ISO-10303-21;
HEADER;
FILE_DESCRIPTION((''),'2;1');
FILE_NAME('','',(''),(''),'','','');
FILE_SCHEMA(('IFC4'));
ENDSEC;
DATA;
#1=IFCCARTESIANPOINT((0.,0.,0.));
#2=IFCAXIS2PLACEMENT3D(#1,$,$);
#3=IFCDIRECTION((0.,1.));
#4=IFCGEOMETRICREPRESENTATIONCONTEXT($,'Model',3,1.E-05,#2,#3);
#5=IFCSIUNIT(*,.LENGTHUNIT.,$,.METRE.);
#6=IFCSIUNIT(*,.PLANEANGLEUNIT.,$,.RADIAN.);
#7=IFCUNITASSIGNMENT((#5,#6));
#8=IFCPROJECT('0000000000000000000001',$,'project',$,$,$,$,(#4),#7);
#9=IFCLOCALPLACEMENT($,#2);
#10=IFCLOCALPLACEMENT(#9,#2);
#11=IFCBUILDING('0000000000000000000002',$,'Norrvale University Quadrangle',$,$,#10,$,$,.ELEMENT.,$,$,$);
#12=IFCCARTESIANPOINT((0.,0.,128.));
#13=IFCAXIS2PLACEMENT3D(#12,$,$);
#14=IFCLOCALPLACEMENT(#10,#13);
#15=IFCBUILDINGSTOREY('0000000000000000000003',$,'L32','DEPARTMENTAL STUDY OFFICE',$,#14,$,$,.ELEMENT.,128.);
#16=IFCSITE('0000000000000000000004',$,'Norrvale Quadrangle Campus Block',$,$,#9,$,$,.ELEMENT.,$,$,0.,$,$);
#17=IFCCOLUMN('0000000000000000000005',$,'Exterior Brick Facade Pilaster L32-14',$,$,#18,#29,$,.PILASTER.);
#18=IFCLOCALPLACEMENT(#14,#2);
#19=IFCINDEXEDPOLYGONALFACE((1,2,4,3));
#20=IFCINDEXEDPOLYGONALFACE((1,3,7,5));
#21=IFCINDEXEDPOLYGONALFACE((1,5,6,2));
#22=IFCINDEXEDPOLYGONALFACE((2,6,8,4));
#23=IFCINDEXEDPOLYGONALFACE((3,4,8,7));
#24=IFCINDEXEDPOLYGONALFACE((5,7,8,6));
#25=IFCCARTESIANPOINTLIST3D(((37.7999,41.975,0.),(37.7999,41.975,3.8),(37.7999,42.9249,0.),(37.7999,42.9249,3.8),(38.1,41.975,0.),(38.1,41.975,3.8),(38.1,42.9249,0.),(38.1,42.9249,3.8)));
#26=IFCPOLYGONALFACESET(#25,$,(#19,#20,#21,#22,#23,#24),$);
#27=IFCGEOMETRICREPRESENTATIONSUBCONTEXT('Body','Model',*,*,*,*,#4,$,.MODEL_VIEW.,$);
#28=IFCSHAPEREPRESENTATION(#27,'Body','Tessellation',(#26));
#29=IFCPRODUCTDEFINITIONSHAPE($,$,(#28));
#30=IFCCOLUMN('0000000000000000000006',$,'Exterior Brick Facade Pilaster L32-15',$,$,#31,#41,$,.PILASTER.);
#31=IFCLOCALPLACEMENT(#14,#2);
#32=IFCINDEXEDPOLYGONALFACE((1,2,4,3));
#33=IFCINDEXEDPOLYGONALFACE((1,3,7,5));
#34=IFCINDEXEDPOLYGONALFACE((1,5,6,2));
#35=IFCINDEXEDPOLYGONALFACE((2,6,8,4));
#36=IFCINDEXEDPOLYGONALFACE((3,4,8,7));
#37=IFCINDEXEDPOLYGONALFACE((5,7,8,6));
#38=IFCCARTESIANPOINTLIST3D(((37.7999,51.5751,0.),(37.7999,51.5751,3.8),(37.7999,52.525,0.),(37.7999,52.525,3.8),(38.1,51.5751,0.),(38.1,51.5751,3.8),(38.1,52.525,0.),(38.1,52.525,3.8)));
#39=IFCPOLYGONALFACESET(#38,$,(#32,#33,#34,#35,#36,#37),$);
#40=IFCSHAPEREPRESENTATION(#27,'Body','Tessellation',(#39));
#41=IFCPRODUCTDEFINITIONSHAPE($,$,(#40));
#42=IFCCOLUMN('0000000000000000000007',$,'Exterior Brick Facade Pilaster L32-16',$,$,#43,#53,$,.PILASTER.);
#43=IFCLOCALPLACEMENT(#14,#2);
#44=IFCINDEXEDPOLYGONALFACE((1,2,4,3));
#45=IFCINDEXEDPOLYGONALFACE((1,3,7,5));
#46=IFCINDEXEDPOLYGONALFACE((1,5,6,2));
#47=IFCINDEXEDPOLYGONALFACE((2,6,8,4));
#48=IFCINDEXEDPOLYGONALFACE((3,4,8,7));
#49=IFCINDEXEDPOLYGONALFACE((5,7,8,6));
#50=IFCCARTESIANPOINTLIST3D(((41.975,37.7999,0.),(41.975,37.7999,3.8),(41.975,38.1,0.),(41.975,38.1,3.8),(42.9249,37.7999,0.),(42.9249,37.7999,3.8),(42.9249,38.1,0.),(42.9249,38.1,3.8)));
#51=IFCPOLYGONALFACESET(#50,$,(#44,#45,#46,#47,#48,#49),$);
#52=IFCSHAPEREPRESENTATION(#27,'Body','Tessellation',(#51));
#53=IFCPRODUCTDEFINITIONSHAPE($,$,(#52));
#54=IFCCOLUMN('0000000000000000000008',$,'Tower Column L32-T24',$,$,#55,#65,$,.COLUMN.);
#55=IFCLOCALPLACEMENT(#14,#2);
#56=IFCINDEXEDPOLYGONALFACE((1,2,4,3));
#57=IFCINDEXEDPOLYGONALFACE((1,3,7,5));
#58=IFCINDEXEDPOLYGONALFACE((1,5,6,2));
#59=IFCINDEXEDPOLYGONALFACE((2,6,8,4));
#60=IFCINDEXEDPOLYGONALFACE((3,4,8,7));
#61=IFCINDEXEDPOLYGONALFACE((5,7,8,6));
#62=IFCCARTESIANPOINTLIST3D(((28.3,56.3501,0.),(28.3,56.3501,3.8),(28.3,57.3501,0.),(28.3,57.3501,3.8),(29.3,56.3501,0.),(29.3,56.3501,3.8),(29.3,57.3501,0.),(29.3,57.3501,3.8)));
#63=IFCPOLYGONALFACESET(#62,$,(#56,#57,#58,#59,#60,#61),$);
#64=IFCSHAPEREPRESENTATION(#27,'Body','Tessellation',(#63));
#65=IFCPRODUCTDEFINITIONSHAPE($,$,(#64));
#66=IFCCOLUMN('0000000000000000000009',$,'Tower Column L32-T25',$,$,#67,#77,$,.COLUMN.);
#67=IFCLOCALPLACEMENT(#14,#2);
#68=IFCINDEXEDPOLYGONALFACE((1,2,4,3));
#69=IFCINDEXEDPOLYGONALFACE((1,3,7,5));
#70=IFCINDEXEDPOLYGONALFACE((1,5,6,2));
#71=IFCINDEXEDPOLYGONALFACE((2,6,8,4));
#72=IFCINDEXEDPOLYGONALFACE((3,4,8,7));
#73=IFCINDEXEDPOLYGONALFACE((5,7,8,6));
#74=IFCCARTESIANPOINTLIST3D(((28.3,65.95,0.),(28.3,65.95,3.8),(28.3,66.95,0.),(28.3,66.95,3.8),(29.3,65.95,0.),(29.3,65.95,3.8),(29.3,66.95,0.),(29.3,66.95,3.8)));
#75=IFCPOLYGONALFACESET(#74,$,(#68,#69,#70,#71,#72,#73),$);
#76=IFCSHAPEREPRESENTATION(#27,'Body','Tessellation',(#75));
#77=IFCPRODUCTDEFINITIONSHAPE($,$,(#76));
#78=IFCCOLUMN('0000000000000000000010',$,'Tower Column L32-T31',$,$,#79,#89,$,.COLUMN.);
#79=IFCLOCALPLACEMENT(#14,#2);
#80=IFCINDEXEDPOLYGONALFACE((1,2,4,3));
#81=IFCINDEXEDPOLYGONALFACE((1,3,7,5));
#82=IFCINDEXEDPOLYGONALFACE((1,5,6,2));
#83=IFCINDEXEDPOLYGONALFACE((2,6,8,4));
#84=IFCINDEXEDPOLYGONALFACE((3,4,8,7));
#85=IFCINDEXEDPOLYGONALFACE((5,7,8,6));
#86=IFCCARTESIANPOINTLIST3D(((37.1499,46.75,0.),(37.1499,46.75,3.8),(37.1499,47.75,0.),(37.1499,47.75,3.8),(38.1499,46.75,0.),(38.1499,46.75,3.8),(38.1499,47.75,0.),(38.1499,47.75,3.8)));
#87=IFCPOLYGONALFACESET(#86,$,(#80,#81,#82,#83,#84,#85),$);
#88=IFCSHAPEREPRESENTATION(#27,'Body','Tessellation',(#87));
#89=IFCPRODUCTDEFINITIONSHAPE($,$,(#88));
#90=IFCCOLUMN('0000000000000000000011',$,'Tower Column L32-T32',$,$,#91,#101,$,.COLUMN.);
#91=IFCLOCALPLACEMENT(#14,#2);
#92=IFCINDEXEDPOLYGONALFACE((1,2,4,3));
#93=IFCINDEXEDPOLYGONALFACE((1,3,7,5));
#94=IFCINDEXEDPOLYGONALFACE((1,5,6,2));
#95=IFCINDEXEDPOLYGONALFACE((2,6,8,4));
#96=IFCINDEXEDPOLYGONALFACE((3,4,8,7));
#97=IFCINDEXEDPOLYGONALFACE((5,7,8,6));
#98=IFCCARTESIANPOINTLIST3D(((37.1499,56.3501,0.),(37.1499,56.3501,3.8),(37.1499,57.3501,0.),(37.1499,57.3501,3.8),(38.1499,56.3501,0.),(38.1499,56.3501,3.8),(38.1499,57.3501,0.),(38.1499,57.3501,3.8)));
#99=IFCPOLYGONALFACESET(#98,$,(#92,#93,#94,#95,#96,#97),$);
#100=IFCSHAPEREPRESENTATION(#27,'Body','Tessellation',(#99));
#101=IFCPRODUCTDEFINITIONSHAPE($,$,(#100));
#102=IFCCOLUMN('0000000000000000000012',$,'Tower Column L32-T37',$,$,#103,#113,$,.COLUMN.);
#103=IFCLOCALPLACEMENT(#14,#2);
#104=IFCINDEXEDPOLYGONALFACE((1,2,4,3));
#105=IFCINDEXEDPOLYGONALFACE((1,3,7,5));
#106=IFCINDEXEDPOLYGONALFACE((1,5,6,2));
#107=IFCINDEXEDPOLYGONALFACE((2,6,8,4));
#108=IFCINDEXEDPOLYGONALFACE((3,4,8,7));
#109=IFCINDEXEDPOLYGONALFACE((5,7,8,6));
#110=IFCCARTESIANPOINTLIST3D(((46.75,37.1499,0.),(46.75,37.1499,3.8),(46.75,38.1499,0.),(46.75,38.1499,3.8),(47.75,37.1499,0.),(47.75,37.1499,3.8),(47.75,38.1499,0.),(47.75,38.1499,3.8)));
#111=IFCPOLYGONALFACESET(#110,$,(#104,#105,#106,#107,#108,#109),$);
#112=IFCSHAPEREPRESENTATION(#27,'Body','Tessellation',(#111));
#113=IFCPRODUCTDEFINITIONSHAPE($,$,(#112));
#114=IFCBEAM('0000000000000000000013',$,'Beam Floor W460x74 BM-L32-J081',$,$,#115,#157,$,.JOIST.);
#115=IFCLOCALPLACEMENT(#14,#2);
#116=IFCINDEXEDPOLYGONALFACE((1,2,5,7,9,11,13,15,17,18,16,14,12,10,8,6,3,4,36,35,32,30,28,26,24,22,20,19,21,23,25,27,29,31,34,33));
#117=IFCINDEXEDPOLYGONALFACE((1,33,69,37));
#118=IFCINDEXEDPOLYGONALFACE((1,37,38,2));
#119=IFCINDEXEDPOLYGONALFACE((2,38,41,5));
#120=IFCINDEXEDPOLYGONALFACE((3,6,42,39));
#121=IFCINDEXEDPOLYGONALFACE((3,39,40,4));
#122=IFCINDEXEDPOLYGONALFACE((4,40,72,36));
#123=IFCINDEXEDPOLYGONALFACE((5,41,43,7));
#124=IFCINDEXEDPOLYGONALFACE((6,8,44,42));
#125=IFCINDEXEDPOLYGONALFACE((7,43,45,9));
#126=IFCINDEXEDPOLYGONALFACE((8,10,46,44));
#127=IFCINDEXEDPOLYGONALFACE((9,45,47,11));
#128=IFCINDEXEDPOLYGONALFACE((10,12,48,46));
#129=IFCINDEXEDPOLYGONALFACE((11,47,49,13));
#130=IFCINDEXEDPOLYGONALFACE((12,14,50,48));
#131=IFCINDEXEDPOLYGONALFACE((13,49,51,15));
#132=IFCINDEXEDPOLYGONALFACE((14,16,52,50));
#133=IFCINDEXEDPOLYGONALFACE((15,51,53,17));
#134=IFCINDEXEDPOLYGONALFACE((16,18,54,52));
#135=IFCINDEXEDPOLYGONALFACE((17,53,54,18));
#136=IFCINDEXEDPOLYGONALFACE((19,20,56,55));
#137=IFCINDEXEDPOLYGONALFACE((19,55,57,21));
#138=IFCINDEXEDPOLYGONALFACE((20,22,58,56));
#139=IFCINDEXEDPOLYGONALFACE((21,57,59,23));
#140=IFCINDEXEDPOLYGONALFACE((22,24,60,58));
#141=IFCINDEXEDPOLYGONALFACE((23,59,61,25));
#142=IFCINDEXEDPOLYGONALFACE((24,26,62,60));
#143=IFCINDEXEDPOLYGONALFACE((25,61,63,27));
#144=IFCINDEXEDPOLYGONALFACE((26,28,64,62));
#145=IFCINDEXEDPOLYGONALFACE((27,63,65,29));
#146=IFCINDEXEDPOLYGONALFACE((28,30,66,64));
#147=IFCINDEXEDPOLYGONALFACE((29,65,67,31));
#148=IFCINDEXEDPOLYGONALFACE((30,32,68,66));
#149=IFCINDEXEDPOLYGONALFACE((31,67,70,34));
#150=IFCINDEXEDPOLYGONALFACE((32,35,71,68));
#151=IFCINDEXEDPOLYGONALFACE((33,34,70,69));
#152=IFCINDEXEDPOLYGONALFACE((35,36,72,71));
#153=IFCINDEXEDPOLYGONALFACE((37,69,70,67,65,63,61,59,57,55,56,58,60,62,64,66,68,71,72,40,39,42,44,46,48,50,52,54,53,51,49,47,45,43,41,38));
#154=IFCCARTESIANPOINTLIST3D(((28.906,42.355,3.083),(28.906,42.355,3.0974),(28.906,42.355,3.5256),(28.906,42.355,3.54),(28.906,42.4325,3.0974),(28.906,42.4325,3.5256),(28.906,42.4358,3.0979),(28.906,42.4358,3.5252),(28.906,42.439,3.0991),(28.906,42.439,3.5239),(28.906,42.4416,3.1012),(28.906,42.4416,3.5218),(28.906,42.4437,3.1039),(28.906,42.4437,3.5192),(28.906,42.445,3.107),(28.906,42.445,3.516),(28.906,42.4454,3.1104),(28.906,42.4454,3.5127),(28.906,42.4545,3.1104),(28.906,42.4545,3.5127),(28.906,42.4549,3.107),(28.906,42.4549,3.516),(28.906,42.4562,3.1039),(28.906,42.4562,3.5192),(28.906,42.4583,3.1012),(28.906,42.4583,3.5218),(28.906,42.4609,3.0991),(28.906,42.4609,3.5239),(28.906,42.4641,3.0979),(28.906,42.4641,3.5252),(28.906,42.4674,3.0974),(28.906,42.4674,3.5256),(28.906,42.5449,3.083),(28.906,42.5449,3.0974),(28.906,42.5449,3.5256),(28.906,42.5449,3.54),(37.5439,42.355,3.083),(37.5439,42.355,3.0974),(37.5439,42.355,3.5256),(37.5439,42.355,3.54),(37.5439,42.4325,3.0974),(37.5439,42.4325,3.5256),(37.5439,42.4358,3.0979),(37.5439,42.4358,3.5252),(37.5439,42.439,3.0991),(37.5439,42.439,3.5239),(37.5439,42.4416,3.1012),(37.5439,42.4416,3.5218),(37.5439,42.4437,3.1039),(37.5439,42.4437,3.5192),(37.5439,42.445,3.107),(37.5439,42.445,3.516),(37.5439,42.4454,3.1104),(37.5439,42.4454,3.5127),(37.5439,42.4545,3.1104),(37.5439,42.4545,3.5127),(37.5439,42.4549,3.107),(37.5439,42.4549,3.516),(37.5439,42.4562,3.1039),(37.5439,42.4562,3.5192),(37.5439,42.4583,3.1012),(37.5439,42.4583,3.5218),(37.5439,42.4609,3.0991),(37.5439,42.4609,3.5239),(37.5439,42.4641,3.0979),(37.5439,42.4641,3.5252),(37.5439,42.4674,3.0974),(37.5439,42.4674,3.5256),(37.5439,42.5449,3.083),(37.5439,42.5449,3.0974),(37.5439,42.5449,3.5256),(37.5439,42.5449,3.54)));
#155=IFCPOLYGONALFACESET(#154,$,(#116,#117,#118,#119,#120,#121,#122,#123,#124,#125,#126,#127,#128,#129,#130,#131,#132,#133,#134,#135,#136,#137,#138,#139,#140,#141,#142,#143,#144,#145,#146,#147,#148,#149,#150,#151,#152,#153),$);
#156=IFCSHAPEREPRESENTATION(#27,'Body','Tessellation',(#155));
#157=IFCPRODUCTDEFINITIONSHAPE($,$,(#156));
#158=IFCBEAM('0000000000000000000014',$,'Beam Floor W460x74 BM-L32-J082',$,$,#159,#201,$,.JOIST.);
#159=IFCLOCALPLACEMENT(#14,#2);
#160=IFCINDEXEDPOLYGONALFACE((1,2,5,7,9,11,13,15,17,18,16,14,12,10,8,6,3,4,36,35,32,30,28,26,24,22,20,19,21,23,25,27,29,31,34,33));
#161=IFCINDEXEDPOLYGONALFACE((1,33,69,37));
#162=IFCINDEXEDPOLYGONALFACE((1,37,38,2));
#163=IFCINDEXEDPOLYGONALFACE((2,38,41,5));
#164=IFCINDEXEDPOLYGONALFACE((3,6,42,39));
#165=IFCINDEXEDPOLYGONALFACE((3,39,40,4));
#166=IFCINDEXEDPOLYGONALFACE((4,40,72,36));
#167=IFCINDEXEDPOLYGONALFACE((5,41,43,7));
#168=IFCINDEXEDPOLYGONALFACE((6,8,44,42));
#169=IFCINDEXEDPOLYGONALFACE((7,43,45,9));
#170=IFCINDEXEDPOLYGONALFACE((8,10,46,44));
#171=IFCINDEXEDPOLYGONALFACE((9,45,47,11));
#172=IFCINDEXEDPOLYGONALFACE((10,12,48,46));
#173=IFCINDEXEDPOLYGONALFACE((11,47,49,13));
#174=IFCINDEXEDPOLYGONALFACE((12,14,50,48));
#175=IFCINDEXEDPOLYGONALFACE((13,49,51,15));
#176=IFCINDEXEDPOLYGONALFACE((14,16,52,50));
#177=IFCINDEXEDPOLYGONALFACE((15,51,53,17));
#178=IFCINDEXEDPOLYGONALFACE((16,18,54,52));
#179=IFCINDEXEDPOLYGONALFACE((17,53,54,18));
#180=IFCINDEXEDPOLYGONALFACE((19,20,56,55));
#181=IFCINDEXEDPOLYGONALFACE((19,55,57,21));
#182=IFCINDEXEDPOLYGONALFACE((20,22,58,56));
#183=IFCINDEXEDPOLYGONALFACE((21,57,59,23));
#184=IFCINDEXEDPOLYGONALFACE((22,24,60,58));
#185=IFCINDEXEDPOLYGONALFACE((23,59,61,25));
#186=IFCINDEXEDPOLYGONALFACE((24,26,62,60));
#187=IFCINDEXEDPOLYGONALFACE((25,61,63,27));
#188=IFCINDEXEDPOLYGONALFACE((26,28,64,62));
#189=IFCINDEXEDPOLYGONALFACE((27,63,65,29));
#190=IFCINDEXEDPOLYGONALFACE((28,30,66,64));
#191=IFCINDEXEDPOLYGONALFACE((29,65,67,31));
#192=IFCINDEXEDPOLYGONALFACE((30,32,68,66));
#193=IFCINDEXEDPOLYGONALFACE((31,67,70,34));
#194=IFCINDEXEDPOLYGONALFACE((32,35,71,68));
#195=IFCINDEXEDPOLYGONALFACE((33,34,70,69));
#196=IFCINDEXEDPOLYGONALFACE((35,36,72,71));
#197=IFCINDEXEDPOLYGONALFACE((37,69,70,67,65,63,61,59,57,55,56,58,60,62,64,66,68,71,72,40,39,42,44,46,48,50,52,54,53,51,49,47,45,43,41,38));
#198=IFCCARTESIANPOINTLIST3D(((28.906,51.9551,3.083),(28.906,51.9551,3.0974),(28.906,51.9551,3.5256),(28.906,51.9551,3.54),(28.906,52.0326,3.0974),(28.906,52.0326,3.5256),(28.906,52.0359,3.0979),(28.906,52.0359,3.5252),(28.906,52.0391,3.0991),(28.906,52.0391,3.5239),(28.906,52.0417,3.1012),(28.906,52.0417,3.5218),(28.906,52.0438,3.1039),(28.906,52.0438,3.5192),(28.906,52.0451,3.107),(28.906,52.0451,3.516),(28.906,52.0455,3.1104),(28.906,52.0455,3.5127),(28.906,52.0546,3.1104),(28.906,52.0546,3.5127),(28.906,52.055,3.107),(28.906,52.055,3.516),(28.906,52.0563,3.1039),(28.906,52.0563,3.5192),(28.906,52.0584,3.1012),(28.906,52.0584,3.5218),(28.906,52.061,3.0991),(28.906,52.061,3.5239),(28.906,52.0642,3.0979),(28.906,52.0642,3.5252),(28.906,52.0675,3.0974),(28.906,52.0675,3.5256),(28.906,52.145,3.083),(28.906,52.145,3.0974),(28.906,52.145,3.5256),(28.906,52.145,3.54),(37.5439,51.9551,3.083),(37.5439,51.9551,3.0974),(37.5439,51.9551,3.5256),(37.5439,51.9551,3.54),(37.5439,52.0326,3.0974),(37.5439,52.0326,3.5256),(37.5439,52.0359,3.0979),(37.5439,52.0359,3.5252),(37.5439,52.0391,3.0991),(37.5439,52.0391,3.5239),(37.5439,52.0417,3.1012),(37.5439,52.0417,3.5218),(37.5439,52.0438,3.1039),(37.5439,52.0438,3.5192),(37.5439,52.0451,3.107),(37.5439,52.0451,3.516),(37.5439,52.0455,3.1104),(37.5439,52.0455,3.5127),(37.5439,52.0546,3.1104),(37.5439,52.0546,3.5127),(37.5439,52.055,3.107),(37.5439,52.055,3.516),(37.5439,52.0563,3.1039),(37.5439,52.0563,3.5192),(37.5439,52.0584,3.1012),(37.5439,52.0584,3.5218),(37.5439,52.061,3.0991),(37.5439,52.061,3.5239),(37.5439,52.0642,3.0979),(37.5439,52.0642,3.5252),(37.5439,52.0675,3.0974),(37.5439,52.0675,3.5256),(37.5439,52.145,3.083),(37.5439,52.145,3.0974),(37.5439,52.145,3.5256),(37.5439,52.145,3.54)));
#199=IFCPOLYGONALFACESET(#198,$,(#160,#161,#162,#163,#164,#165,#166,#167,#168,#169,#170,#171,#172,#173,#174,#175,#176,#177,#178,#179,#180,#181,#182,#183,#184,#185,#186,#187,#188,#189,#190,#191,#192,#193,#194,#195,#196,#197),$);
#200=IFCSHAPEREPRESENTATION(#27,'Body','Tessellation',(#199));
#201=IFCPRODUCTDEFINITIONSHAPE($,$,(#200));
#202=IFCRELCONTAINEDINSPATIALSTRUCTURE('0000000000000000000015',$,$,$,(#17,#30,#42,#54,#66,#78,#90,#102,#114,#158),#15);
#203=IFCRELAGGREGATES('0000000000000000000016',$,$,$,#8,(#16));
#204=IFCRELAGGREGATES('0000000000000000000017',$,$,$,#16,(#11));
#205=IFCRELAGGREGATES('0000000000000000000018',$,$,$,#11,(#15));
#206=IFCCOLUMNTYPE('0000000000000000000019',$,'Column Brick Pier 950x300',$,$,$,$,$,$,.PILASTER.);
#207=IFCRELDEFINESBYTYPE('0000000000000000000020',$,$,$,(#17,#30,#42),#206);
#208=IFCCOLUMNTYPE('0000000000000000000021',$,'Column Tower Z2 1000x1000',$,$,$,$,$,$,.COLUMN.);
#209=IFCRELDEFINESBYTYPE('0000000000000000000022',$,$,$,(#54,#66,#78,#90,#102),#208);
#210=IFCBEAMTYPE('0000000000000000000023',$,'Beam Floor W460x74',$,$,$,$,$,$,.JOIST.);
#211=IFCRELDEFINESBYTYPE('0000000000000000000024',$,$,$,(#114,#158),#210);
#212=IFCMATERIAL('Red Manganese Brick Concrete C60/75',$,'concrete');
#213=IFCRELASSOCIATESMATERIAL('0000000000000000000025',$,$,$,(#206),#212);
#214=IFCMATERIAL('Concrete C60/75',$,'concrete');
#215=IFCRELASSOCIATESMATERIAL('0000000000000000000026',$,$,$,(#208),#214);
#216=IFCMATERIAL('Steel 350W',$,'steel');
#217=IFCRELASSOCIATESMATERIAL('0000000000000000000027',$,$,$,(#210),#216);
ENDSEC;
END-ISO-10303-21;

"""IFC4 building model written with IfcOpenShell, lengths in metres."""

from ifc_helpers import new_model, si_unit, direction, frame, origin, origin_2d, place, context, subcontext, project, spatial, rectangle, i_section, extrude, material, material_profile, profile_set, type_object, element, save


model = new_model("IFC4")

# Units and contexts
model_context = context("Model", 3, precision=1e-05, world=origin(), true_north=direction((0.0, 1.0)))
body_context = subcontext(model_context, "Body", "Model", "MODEL_VIEW")
ifc_project = project(units=[si_unit("LENGTHUNIT", "METRE"), si_unit("PLANEANGLEUNIT", "RADIAN")], contexts=[model_context])

# Site, building, storey
site_placement = place(None, origin())
site = spatial("IfcSite", under=ifc_project, at=site_placement, Name="Norrvale Quadrangle Campus Block", CompositionType="ELEMENT", RefElevation=0.0)
building_placement = place(site_placement, origin())
building = spatial("IfcBuilding", under=site, at=building_placement, Name="Norrvale University Quadrangle", CompositionType="ELEMENT")
storey_placement = place(building_placement, frame((0.0, 0.0, 128.0)))
storey = spatial("IfcBuildingStorey", under=building, at=storey_placement, Name="L32", Description="DEPARTMENTAL STUDY OFFICE", CompositionType="ELEMENT", Elevation=128.0)

# Columns
ifc_material_1 = material(Name="Red Manganese Brick Concrete C60/75", Category="concrete")
ifc_material_profile_1 = material_profile(ifc_material_1, rectangle(XDim=0.95, YDim=0.3, at=origin_2d()), Name="Red Manganese Brick Concrete C60/75")
ifc_profile_set_1 = profile_set([ifc_material_profile_1], Name="Red Manganese Brick Concrete C60/75")
column_type_1 = type_object("IfcColumnType", Name="Column Brick Pier 950x300", PredefinedType="PILASTER", material=ifc_profile_set_1)
for number, where, z_axis, x_axis, name in (
    (1, (37.95, 42.45, 0.0), (0.0, 0.0, 1.0), (0.0, 1.0, 0.0), "Exterior Brick Facade Pilaster L32-14"),
    (2, (37.95, 52.05, 0.0), (0.0, 0.0, 1.0), (0.0, 1.0, 0.0), "Exterior Brick Facade Pilaster L32-15"),
    (3, (42.45, 37.95, 0.0), (0.0, 0.0, 1.0), (1.0, 0.0, 0.0), "Exterior Brick Facade Pilaster L32-16"),
):
    element("IfcColumn", number, at=place(storey_placement, frame(where, z_axis=z_axis, x_axis=x_axis)), inside=storey, type_object=column_type_1, Name=name, PredefinedType="PILASTER", context=body_context, shape_type="SweptSolid", body=[
        extrude(rectangle(XDim=0.95, YDim=0.3, at=origin_2d()), origin(), (0.0, 0.0, 1.0), 3.8),
    ])
ifc_material_2 = material(Name="Concrete C60/75", Category="concrete")
ifc_material_profile_2 = material_profile(ifc_material_2, rectangle(XDim=1.0, YDim=1.0, at=origin_2d()), Name="Concrete C60/75")
ifc_profile_set_2 = profile_set([ifc_material_profile_2], Name="Concrete C60/75")
column_type_2 = type_object("IfcColumnType", Name="Column Tower Z2 1000x1000", PredefinedType="COLUMN", material=ifc_profile_set_2)
for number, where, z_axis, x_axis, name in (
    (4, (28.8, 56.8501, 0.0), (0.0, 0.0, 1.0), (1.0, 0.0, 0.0), "Tower Column L32-T24"),
    (5, (28.8, 66.45, 0.0), (0.0, 0.0, 1.0), (1.0, 0.0, 0.0), "Tower Column L32-T25"),
    (6, (37.6499, 47.25, 0.0), (0.0, 0.0, 1.0), (1.0, 0.0, 0.0), "Tower Column L32-T31"),
    (7, (37.6499, 56.8501, 0.0), (0.0, 0.0, 1.0), (1.0, 0.0, 0.0), "Tower Column L32-T32"),
    (8, (47.25, 37.6499, 0.0), (0.0, 0.0, 1.0), (1.0, 0.0, 0.0), "Tower Column L32-T37"),
):
    element("IfcColumn", number, at=place(storey_placement, frame(where, z_axis=z_axis, x_axis=x_axis)), inside=storey, type_object=column_type_2, Name=name, PredefinedType="COLUMN", context=body_context, shape_type="SweptSolid", body=[
        extrude(rectangle(XDim=1.0, YDim=1.0, at=origin_2d()), origin(), (0.0, 0.0, 1.0), 3.8),
    ])

# Beams
ifc_material_3 = material(Name="Steel 350W", Category="steel")
ifc_material_profile_3 = material_profile(ifc_material_3, i_section(OverallWidth=0.1899, OverallDepth=0.457, WebThickness=0.009, FlangeThickness=0.0144, FilletRadius=0.0129, at=origin_2d()), Name="Steel 350W")
ifc_profile_set_3 = profile_set([ifc_material_profile_3], Name="Steel 350W")
beam_type_1 = type_object("IfcBeamType", Name="Beam Floor W460x74", PredefinedType="JOIST", material=ifc_profile_set_3)
for number, where, z_axis, x_axis, name in (
    (9, (28.906, 42.45, 3.3115), (1.0, 0.0, 0.0), (0.0, 1.0, 0.0), "Beam Floor W460x74 BM-L32-J081"),
    (10, (28.906, 52.05, 3.3115), (1.0, 0.0, 0.0), (0.0, 1.0, 0.0), "Beam Floor W460x74 BM-L32-J082"),
):
    element("IfcBeam", number, at=place(storey_placement, frame(where, z_axis=z_axis, x_axis=x_axis)), inside=storey, type_object=beam_type_1, Name=name, PredefinedType="JOIST", context=body_context, shape_type="SweptSolid", body=[
        extrude(i_section(OverallWidth=0.1899, OverallDepth=0.457, WebThickness=0.009, FlangeThickness=0.0144, FilletRadius=0.0129, at=origin_2d()), origin(), (0.0, 0.0, 1.0), 8.6379),
    ])

save(model, "model.ifc")
